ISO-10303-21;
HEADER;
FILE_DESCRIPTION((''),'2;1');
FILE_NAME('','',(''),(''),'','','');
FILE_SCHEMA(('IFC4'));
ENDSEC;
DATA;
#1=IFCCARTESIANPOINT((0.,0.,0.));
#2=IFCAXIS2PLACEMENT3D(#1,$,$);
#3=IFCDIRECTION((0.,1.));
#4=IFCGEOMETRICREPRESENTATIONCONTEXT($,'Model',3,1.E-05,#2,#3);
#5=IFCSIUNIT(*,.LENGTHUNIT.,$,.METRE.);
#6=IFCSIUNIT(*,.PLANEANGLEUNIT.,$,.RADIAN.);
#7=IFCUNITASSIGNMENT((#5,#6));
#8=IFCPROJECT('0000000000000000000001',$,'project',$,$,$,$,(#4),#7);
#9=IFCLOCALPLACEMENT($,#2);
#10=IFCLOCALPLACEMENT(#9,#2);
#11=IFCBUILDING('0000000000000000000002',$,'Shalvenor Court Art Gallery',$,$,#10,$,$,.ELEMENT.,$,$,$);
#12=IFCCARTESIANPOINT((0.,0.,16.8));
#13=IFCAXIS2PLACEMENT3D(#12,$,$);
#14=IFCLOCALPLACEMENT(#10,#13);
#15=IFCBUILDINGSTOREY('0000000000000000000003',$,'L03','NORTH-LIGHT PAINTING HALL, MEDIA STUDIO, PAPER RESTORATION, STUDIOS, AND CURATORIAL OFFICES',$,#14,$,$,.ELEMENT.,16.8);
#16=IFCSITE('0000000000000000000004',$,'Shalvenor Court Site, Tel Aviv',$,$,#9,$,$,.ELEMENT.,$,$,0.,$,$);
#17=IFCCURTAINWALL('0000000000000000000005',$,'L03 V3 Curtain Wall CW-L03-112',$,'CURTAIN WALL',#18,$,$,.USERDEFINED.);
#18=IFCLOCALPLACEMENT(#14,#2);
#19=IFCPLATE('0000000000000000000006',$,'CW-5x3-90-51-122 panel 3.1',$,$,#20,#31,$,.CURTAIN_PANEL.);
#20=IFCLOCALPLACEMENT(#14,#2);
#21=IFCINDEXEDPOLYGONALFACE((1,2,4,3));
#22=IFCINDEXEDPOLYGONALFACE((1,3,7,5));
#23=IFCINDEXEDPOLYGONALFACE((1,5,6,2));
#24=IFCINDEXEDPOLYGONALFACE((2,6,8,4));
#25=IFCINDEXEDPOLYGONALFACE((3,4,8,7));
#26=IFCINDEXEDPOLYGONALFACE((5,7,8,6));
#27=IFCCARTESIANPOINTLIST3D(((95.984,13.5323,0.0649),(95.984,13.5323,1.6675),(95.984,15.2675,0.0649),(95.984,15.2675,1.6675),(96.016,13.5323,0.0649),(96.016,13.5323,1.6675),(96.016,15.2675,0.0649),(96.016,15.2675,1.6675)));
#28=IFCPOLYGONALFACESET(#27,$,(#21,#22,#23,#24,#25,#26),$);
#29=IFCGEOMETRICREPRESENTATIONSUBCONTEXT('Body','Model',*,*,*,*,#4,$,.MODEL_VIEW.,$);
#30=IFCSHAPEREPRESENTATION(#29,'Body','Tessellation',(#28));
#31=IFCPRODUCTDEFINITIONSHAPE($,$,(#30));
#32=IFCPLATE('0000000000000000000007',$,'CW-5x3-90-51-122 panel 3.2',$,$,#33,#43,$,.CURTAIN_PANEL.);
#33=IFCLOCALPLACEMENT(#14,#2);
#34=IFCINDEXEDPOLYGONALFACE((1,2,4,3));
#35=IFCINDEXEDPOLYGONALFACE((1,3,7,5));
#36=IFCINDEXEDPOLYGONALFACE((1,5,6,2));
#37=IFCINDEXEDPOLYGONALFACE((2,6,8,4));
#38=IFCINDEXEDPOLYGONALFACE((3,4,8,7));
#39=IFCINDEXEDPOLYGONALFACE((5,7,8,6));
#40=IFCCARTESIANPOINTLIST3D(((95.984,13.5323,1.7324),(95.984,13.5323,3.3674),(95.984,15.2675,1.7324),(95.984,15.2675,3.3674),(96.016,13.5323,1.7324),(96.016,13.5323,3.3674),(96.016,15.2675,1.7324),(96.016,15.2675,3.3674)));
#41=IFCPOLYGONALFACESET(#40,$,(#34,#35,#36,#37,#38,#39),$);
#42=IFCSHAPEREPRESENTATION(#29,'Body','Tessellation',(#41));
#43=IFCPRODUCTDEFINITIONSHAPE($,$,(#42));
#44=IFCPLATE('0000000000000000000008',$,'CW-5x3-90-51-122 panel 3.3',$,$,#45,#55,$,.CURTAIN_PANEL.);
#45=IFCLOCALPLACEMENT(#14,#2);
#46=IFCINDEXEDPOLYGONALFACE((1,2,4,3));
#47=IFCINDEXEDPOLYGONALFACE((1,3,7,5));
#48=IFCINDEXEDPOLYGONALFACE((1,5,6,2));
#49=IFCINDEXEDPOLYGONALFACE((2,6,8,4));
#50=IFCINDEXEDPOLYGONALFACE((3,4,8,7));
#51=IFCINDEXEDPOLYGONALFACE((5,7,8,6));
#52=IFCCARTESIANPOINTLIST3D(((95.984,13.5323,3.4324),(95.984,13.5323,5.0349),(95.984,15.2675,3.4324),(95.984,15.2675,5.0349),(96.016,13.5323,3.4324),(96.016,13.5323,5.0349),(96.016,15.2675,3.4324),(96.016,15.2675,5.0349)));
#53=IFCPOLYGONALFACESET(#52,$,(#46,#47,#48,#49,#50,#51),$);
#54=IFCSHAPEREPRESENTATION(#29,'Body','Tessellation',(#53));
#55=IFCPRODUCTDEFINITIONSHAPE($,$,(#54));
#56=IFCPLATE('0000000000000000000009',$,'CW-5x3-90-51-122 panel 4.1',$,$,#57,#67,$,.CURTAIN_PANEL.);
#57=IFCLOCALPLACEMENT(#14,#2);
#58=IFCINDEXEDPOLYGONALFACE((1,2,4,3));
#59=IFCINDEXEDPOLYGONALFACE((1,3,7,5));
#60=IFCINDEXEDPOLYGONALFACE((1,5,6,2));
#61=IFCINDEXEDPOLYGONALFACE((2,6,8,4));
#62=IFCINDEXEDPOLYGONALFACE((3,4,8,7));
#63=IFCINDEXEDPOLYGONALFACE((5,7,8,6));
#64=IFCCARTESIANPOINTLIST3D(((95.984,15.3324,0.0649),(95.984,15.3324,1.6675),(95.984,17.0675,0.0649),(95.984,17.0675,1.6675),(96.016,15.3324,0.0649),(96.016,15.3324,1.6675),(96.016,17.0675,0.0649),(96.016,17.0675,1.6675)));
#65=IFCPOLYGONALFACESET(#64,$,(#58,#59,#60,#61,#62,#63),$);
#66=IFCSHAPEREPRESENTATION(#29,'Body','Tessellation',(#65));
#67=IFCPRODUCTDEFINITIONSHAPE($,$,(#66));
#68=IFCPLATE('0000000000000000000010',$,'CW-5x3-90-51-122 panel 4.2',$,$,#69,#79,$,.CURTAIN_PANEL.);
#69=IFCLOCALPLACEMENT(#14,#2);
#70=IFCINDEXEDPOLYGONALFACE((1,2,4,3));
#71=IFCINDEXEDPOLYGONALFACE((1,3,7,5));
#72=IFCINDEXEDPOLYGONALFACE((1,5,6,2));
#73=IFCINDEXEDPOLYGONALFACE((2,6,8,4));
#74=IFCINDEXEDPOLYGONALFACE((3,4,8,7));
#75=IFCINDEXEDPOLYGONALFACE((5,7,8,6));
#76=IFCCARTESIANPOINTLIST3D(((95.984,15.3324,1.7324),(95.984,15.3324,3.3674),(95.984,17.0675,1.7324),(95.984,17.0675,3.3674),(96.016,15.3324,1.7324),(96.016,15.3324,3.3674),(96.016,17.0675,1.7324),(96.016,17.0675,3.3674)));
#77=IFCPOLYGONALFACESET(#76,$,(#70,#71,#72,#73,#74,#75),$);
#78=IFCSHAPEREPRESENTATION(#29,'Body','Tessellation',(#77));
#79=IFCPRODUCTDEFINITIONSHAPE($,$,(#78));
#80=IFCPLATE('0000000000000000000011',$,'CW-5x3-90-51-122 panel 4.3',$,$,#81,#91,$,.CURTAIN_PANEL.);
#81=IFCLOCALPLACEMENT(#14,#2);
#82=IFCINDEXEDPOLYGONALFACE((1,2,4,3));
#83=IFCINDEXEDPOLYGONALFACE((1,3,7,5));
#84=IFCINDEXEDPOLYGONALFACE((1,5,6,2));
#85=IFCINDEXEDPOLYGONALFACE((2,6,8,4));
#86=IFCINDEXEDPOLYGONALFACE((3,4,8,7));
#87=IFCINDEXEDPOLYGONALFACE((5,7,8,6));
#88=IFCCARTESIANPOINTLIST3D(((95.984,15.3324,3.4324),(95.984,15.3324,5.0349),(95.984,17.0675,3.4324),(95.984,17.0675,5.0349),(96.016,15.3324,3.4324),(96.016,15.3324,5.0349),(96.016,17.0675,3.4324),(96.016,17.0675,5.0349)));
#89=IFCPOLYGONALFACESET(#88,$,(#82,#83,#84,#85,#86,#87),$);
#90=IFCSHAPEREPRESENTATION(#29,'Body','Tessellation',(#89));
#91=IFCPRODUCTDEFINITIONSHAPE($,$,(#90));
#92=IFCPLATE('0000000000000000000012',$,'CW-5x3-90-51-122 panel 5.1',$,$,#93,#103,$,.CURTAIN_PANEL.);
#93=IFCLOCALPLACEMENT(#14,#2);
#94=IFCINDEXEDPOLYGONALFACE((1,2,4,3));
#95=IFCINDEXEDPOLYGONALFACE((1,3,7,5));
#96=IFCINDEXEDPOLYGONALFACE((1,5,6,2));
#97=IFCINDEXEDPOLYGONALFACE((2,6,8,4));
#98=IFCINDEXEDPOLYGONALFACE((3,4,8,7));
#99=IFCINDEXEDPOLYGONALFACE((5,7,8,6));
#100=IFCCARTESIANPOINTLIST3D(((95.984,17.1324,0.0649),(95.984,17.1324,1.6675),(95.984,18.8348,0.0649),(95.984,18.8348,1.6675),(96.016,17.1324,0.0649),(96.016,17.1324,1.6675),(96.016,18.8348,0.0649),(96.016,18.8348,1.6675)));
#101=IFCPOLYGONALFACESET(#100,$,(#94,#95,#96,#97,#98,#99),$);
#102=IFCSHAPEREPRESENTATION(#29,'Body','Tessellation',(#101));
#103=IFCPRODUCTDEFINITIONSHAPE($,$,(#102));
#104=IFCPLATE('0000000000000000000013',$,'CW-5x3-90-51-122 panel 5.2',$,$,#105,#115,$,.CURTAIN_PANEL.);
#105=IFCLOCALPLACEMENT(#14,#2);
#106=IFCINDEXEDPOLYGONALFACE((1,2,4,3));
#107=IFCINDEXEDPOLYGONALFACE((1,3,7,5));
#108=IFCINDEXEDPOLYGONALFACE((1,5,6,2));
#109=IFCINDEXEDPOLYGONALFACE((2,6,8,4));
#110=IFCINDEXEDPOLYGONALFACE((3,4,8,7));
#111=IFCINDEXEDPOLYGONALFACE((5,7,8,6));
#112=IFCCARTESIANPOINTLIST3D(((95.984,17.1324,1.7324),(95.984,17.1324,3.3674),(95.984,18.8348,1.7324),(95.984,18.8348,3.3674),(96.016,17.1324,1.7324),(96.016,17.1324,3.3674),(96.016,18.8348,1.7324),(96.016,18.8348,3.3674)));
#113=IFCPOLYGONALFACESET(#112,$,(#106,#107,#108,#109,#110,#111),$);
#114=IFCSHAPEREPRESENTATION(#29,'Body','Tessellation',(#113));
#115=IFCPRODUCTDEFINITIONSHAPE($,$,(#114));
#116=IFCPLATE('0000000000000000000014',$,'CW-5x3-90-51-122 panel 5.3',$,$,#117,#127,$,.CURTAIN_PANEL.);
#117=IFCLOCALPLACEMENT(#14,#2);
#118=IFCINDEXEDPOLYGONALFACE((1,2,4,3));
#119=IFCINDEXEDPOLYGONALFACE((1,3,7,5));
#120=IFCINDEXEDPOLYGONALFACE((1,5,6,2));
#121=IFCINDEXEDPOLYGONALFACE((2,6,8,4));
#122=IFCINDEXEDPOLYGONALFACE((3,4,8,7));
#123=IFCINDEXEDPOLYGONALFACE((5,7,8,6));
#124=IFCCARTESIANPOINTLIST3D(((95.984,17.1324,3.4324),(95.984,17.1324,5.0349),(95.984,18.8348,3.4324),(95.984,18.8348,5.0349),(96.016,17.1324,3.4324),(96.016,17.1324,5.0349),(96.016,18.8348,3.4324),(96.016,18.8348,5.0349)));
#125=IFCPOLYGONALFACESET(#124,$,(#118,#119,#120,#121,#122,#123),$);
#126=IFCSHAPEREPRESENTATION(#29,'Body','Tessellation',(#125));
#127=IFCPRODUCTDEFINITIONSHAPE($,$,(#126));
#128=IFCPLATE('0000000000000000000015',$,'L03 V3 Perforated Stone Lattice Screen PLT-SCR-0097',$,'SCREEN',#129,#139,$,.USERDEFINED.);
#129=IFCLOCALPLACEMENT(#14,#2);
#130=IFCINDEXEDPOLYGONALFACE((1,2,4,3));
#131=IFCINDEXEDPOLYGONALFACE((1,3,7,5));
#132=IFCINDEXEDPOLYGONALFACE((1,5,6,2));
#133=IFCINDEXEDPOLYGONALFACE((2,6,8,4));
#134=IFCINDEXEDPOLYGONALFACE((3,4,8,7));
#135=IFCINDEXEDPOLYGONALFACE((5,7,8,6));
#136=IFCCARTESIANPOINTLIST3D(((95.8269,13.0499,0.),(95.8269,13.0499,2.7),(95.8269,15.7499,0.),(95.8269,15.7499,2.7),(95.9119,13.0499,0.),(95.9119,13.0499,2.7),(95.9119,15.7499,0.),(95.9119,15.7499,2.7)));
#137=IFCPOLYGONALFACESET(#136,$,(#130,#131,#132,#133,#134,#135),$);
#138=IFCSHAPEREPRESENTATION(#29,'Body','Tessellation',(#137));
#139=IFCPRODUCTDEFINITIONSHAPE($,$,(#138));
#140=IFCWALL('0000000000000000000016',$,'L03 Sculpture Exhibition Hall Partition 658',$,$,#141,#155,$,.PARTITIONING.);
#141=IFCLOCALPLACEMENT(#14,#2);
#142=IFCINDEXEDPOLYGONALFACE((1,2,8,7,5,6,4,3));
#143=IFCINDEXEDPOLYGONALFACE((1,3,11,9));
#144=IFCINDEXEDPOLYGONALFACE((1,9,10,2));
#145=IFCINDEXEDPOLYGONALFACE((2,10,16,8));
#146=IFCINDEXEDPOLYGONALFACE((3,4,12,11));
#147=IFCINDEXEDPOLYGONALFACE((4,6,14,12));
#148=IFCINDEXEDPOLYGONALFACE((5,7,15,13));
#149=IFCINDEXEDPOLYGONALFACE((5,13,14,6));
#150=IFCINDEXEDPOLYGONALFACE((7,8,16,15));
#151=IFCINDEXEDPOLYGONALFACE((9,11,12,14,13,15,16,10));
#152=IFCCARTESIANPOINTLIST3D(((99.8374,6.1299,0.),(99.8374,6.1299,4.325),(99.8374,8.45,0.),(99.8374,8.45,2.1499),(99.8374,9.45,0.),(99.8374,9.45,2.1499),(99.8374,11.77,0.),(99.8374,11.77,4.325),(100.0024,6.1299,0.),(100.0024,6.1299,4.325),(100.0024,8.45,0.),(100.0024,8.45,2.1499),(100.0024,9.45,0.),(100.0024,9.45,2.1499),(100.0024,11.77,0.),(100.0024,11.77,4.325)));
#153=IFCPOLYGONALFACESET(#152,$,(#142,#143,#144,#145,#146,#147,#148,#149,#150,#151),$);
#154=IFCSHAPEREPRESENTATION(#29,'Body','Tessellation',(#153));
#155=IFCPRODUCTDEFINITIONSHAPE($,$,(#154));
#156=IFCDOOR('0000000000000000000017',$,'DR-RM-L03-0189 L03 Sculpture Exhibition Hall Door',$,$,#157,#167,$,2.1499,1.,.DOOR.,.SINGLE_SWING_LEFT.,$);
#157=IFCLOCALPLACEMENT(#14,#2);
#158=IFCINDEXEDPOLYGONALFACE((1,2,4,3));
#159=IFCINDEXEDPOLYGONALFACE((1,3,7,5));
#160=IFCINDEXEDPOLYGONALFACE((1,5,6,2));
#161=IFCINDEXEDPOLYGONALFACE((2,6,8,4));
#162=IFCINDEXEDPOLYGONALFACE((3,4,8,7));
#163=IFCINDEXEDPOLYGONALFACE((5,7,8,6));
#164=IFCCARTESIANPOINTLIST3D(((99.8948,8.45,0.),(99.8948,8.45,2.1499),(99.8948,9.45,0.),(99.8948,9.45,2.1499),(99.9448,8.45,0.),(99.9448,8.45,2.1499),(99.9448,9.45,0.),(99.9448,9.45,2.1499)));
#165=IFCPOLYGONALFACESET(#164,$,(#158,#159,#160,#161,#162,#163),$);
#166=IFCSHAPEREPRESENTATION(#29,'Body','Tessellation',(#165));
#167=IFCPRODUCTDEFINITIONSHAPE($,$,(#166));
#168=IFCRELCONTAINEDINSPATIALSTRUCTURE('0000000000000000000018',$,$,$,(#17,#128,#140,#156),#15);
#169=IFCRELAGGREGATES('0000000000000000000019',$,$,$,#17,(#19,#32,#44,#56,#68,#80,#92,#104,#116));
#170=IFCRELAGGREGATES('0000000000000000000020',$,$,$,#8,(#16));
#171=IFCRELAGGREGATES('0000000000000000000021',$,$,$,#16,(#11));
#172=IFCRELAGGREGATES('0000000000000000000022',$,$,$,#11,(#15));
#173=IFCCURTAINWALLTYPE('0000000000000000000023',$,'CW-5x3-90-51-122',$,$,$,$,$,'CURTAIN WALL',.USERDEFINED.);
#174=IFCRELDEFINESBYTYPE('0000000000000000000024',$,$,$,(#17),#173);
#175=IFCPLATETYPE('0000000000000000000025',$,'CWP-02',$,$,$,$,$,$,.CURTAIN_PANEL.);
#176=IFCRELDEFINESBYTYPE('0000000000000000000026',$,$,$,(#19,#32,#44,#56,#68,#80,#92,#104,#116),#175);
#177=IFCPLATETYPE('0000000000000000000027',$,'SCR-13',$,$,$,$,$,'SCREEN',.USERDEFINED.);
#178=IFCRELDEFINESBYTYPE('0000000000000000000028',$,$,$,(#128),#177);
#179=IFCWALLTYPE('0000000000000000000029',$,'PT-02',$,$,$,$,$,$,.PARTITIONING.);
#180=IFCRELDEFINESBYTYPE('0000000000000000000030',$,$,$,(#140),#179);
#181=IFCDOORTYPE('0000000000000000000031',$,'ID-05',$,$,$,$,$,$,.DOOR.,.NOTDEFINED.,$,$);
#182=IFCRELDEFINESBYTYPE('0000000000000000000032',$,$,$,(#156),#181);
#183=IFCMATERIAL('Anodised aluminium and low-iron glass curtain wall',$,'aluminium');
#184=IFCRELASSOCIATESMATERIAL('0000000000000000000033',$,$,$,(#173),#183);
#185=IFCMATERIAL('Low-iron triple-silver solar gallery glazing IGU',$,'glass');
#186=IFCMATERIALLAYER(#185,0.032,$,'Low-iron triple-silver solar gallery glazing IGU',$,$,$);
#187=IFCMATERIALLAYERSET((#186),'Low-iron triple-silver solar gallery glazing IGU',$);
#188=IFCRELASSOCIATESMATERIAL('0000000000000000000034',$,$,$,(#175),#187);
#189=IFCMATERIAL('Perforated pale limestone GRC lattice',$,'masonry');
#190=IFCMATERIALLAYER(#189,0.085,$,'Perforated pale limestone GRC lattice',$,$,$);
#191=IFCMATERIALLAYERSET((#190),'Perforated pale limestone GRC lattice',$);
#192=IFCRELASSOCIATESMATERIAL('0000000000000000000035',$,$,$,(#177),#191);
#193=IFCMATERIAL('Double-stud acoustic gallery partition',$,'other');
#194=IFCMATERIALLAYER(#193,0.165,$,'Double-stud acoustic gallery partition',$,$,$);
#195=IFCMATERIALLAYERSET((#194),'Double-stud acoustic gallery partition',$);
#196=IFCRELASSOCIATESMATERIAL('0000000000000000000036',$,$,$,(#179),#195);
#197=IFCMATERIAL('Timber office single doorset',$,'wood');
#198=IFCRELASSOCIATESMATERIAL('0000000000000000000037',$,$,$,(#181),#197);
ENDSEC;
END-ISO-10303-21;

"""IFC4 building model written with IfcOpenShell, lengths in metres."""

from ifc_helpers import new_model, si_unit, direction, frame, frame_2d, origin, origin_2d, place, context, subcontext, project, spatial, rectangle, extrude, material, layer, layer_set, type_object, element, fill, aggregate, save


model = new_model("IFC4")

# Units and contexts
model_context = context("Model", 3, precision=1e-05, world=origin(), true_north=direction((0.0, 1.0)))
body_context = subcontext(model_context, "Body", "Model", "MODEL_VIEW")
ifc_project = project(units=[si_unit("LENGTHUNIT", "METRE"), si_unit("PLANEANGLEUNIT", "RADIAN")], contexts=[model_context])

# Site, building, storey
site_placement = place(None, origin())
site = spatial("IfcSite", under=ifc_project, at=site_placement, Name="Shalvenor Court Site, Tel Aviv", CompositionType="ELEMENT", RefElevation=0.0)
building_placement = place(site_placement, origin())
building = spatial("IfcBuilding", under=site, at=building_placement, Name="Shalvenor Court Art Gallery", CompositionType="ELEMENT")
storey_placement = place(building_placement, frame((0.0, 0.0, 16.8)))
storey = spatial("IfcBuildingStorey", under=building, at=storey_placement, Name="L03", Description="NORTH-LIGHT PAINTING HALL, MEDIA STUDIO, PAPER RESTORATION, STUDIOS, AND CURATORIAL OFFICES", CompositionType="ELEMENT", Elevation=16.8)

# Curtain wall
ifc_material_1 = material(Name="Anodised aluminium and low-iron glass curtain wall", Category="aluminium")
curtain_wall_type = type_object("IfcCurtainWallType", Name="CW-5x3-90-51-122", ElementType="CURTAIN WALL", PredefinedType="USERDEFINED", material=ifc_material_1)
curtain_wall_placement = place(storey_placement, origin())
curtain_wall = element("IfcCurtainWall", 1, at=curtain_wall_placement, inside=storey, type_object=curtain_wall_type, Name="L03 V3 Curtain Wall CW-L03-112", ObjectType="CURTAIN WALL", PredefinedType="USERDEFINED")

# Plates
ifc_material_2 = material(Name="Low-iron triple-silver solar gallery glazing IGU", Category="glass")
ifc_layer_1 = layer(ifc_material_2, 0.032, Name="Low-iron triple-silver solar gallery glazing IGU")
ifc_layer_set_1 = layer_set([ifc_layer_1], Name="Low-iron triple-silver solar gallery glazing IGU")
plate_type_1 = type_object("IfcPlateType", Name="CWP-02", PredefinedType="CURTAIN_PANEL", material=ifc_layer_set_1)
plate_1_placement = place(storey_placement, frame((96.0, 14.3999, 0.0649), z_axis=(0.0, 0.0, 1.0), x_axis=(0.0, 1.0, 0.0)))
plate_1 = element("IfcPlate", 2, at=plate_1_placement, type_object=plate_type_1, Name="CW-5x3-90-51-122 panel 3.1", PredefinedType="CURTAIN_PANEL", context=body_context, shape_type="SweptSolid", body=[
    extrude(rectangle(XDim=1.7351, YDim=0.032, at=origin_2d()), origin(), (0.0, 0.0, 1.0), 1.6025),
])
plate_2_placement = place(storey_placement, frame((96.0, 14.3999, 1.7324), z_axis=(0.0, 0.0, 1.0), x_axis=(0.0, 1.0, 0.0)))
plate_2 = element("IfcPlate", 3, at=plate_2_placement, type_object=plate_type_1, Name="CW-5x3-90-51-122 panel 3.2", PredefinedType="CURTAIN_PANEL", context=body_context, shape_type="SweptSolid", body=[
    extrude(rectangle(XDim=1.7351, YDim=0.032, at=origin_2d()), origin(), (0.0, 0.0, 1.0), 1.635),
])
plate_3_placement = place(storey_placement, frame((96.0, 14.3999, 3.4324), z_axis=(0.0, 0.0, 1.0), x_axis=(0.0, 1.0, 0.0)))
plate_3 = element("IfcPlate", 4, at=plate_3_placement, type_object=plate_type_1, Name="CW-5x3-90-51-122 panel 3.3", PredefinedType="CURTAIN_PANEL", context=body_context, shape_type="SweptSolid", body=[
    extrude(rectangle(XDim=1.7351, YDim=0.032, at=origin_2d()), origin(), (0.0, 0.0, 1.0), 1.6025),
])
plate_4_placement = place(storey_placement, frame((96.0, 16.2, 0.0649), z_axis=(0.0, 0.0, 1.0), x_axis=(0.0, 1.0, 0.0)))
plate_4 = element("IfcPlate", 5, at=plate_4_placement, type_object=plate_type_1, Name="CW-5x3-90-51-122 panel 4.1", PredefinedType="CURTAIN_PANEL", context=body_context, shape_type="SweptSolid", body=[
    extrude(rectangle(XDim=1.7351, YDim=0.032, at=origin_2d()), origin(), (0.0, 0.0, 1.0), 1.6025),
])
plate_5_placement = place(storey_placement, frame((96.0, 16.2, 1.7324), z_axis=(0.0, 0.0, 1.0), x_axis=(0.0, 1.0, 0.0)))
plate_5 = element("IfcPlate", 6, at=plate_5_placement, type_object=plate_type_1, Name="CW-5x3-90-51-122 panel 4.2", PredefinedType="CURTAIN_PANEL", context=body_context, shape_type="SweptSolid", body=[
    extrude(rectangle(XDim=1.7351, YDim=0.032, at=origin_2d()), origin(), (0.0, 0.0, 1.0), 1.635),
])
plate_6_placement = place(storey_placement, frame((96.0, 16.2, 3.4324), z_axis=(0.0, 0.0, 1.0), x_axis=(0.0, 1.0, 0.0)))
plate_6 = element("IfcPlate", 7, at=plate_6_placement, type_object=plate_type_1, Name="CW-5x3-90-51-122 panel 4.3", PredefinedType="CURTAIN_PANEL", context=body_context, shape_type="SweptSolid", body=[
    extrude(rectangle(XDim=1.7351, YDim=0.032, at=origin_2d()), origin(), (0.0, 0.0, 1.0), 1.6025),
])
plate_7_placement = place(storey_placement, frame((96.0, 17.9836, 0.0649), z_axis=(0.0, 0.0, 1.0), x_axis=(0.0, 1.0, 0.0)))
plate_7 = element("IfcPlate", 8, at=plate_7_placement, type_object=plate_type_1, Name="CW-5x3-90-51-122 panel 5.1", PredefinedType="CURTAIN_PANEL", context=body_context, shape_type="SweptSolid", body=[
    extrude(rectangle(XDim=1.7024, YDim=0.032, at=origin_2d()), origin(), (0.0, 0.0, 1.0), 1.6025),
])
plate_8_placement = place(storey_placement, frame((96.0, 17.9836, 1.7324), z_axis=(0.0, 0.0, 1.0), x_axis=(0.0, 1.0, 0.0)))
plate_8 = element("IfcPlate", 9, at=plate_8_placement, type_object=plate_type_1, Name="CW-5x3-90-51-122 panel 5.2", PredefinedType="CURTAIN_PANEL", context=body_context, shape_type="SweptSolid", body=[
    extrude(rectangle(XDim=1.7024, YDim=0.032, at=origin_2d()), origin(), (0.0, 0.0, 1.0), 1.635),
])
plate_9_placement = place(storey_placement, frame((96.0, 17.9836, 3.4324), z_axis=(0.0, 0.0, 1.0), x_axis=(0.0, 1.0, 0.0)))
plate_9 = element("IfcPlate", 10, at=plate_9_placement, type_object=plate_type_1, Name="CW-5x3-90-51-122 panel 5.3", PredefinedType="CURTAIN_PANEL", context=body_context, shape_type="SweptSolid", body=[
    extrude(rectangle(XDim=1.7024, YDim=0.032, at=origin_2d()), origin(), (0.0, 0.0, 1.0), 1.6025),
])
aggregate(curtain_wall, [plate_1, plate_2, plate_3, plate_4, plate_5, plate_6, plate_7, plate_8, plate_9])
ifc_material_3 = material(Name="Perforated pale limestone GRC lattice", Category="masonry")
ifc_layer_2 = layer(ifc_material_3, 0.085, Name="Perforated pale limestone GRC lattice")
ifc_layer_set_2 = layer_set([ifc_layer_2], Name="Perforated pale limestone GRC lattice")
plate_type_2 = type_object("IfcPlateType", Name="SCR-13", ElementType="SCREEN", PredefinedType="USERDEFINED", material=ifc_layer_set_2)
plate_10_placement = place(storey_placement, frame((95.8694, 14.3999, 0.0), z_axis=(0.0, 0.0, 1.0), x_axis=(0.0, 1.0, 0.0)))
element("IfcPlate", 11, at=plate_10_placement, inside=storey, type_object=plate_type_2, Name="L03 V3 Perforated Stone Lattice Screen PLT-SCR-0097", ObjectType="SCREEN", PredefinedType="USERDEFINED", context=body_context, shape_type="SweptSolid", body=[
    extrude(rectangle(XDim=2.7, YDim=0.085, at=origin_2d()), origin(), (0.0, 0.0, 1.0), 2.7),
])

# Wall, opening, door
ifc_material_4 = material(Name="Double-stud acoustic gallery partition", Category="other")
ifc_layer_3 = layer(ifc_material_4, 0.165, Name="Double-stud acoustic gallery partition")
ifc_layer_set_3 = layer_set([ifc_layer_3], Name="Double-stud acoustic gallery partition")
wall_type_1 = type_object("IfcWallType", Name="PT-02", PredefinedType="PARTITIONING", material=ifc_layer_set_3)
wall_1_placement = place(storey_placement, frame((99.9199, 11.77, 0.0), z_axis=(0.0, 0.0, 1.0), x_axis=(0.0, -1.0, 0.0)))
wall_1 = element("IfcWall", 12, at=wall_1_placement, inside=storey, type_object=wall_type_1, Name="L03 Sculpture Exhibition Hall Partition 658", PredefinedType="PARTITIONING", context=body_context, shape_type="SweptSolid", body=[
    extrude(rectangle(XDim=5.6401, YDim=0.165, at=frame_2d((2.8201, 0.0))), origin(), (0.0, 0.0, 1.0), 4.325),
])
opening_1_placement = place(wall_1_placement, frame((2.3201, 0.0, 0.0)))
opening_1 = element("IfcOpeningElement", 13, at=opening_1_placement, cuts=wall_1, PredefinedType="OPENING", context=body_context, shape_type="SweptSolid", body=[
    extrude(rectangle(XDim=1.0, YDim=2.1499, at=frame_2d((0.5, 1.075))), frame((0.0, 0.0925, 0.0), z_axis=(0.0, -1.0, 0.0), x_axis=(1.0, 0.0, 0.0)), (0.0, 0.0, 1.0), 0.1851),
])
ifc_material_5 = material(Name="Timber office single doorset", Category="wood")
door_type_1 = type_object("IfcDoorType", Name="ID-05", OperationType="NOTDEFINED", PredefinedType="DOOR", material=ifc_material_5)
door_1_placement = place(opening_1_placement, origin())
door_1 = element("IfcDoor", 14, at=door_1_placement, inside=storey, type_object=door_type_1, Name="DR-RM-L03-0189 L03 Sculpture Exhibition Hall Door", OperationType="SINGLE_SWING_LEFT", OverallHeight=2.1499, OverallWidth=1.0, PredefinedType="DOOR", context=body_context, shape_type="SweptSolid", body=[
    extrude(rectangle(XDim=1.0, YDim=2.1499, at=frame_2d((0.5, 1.075))), frame((0.0, 0.0249, 0.0), z_axis=(0.0, -1.0, 0.0), x_axis=(1.0, 0.0, 0.0)), (0.0, 0.0, 1.0), 0.05),
])
fill(opening_1, door_1)

save(model, "model.ifc")
